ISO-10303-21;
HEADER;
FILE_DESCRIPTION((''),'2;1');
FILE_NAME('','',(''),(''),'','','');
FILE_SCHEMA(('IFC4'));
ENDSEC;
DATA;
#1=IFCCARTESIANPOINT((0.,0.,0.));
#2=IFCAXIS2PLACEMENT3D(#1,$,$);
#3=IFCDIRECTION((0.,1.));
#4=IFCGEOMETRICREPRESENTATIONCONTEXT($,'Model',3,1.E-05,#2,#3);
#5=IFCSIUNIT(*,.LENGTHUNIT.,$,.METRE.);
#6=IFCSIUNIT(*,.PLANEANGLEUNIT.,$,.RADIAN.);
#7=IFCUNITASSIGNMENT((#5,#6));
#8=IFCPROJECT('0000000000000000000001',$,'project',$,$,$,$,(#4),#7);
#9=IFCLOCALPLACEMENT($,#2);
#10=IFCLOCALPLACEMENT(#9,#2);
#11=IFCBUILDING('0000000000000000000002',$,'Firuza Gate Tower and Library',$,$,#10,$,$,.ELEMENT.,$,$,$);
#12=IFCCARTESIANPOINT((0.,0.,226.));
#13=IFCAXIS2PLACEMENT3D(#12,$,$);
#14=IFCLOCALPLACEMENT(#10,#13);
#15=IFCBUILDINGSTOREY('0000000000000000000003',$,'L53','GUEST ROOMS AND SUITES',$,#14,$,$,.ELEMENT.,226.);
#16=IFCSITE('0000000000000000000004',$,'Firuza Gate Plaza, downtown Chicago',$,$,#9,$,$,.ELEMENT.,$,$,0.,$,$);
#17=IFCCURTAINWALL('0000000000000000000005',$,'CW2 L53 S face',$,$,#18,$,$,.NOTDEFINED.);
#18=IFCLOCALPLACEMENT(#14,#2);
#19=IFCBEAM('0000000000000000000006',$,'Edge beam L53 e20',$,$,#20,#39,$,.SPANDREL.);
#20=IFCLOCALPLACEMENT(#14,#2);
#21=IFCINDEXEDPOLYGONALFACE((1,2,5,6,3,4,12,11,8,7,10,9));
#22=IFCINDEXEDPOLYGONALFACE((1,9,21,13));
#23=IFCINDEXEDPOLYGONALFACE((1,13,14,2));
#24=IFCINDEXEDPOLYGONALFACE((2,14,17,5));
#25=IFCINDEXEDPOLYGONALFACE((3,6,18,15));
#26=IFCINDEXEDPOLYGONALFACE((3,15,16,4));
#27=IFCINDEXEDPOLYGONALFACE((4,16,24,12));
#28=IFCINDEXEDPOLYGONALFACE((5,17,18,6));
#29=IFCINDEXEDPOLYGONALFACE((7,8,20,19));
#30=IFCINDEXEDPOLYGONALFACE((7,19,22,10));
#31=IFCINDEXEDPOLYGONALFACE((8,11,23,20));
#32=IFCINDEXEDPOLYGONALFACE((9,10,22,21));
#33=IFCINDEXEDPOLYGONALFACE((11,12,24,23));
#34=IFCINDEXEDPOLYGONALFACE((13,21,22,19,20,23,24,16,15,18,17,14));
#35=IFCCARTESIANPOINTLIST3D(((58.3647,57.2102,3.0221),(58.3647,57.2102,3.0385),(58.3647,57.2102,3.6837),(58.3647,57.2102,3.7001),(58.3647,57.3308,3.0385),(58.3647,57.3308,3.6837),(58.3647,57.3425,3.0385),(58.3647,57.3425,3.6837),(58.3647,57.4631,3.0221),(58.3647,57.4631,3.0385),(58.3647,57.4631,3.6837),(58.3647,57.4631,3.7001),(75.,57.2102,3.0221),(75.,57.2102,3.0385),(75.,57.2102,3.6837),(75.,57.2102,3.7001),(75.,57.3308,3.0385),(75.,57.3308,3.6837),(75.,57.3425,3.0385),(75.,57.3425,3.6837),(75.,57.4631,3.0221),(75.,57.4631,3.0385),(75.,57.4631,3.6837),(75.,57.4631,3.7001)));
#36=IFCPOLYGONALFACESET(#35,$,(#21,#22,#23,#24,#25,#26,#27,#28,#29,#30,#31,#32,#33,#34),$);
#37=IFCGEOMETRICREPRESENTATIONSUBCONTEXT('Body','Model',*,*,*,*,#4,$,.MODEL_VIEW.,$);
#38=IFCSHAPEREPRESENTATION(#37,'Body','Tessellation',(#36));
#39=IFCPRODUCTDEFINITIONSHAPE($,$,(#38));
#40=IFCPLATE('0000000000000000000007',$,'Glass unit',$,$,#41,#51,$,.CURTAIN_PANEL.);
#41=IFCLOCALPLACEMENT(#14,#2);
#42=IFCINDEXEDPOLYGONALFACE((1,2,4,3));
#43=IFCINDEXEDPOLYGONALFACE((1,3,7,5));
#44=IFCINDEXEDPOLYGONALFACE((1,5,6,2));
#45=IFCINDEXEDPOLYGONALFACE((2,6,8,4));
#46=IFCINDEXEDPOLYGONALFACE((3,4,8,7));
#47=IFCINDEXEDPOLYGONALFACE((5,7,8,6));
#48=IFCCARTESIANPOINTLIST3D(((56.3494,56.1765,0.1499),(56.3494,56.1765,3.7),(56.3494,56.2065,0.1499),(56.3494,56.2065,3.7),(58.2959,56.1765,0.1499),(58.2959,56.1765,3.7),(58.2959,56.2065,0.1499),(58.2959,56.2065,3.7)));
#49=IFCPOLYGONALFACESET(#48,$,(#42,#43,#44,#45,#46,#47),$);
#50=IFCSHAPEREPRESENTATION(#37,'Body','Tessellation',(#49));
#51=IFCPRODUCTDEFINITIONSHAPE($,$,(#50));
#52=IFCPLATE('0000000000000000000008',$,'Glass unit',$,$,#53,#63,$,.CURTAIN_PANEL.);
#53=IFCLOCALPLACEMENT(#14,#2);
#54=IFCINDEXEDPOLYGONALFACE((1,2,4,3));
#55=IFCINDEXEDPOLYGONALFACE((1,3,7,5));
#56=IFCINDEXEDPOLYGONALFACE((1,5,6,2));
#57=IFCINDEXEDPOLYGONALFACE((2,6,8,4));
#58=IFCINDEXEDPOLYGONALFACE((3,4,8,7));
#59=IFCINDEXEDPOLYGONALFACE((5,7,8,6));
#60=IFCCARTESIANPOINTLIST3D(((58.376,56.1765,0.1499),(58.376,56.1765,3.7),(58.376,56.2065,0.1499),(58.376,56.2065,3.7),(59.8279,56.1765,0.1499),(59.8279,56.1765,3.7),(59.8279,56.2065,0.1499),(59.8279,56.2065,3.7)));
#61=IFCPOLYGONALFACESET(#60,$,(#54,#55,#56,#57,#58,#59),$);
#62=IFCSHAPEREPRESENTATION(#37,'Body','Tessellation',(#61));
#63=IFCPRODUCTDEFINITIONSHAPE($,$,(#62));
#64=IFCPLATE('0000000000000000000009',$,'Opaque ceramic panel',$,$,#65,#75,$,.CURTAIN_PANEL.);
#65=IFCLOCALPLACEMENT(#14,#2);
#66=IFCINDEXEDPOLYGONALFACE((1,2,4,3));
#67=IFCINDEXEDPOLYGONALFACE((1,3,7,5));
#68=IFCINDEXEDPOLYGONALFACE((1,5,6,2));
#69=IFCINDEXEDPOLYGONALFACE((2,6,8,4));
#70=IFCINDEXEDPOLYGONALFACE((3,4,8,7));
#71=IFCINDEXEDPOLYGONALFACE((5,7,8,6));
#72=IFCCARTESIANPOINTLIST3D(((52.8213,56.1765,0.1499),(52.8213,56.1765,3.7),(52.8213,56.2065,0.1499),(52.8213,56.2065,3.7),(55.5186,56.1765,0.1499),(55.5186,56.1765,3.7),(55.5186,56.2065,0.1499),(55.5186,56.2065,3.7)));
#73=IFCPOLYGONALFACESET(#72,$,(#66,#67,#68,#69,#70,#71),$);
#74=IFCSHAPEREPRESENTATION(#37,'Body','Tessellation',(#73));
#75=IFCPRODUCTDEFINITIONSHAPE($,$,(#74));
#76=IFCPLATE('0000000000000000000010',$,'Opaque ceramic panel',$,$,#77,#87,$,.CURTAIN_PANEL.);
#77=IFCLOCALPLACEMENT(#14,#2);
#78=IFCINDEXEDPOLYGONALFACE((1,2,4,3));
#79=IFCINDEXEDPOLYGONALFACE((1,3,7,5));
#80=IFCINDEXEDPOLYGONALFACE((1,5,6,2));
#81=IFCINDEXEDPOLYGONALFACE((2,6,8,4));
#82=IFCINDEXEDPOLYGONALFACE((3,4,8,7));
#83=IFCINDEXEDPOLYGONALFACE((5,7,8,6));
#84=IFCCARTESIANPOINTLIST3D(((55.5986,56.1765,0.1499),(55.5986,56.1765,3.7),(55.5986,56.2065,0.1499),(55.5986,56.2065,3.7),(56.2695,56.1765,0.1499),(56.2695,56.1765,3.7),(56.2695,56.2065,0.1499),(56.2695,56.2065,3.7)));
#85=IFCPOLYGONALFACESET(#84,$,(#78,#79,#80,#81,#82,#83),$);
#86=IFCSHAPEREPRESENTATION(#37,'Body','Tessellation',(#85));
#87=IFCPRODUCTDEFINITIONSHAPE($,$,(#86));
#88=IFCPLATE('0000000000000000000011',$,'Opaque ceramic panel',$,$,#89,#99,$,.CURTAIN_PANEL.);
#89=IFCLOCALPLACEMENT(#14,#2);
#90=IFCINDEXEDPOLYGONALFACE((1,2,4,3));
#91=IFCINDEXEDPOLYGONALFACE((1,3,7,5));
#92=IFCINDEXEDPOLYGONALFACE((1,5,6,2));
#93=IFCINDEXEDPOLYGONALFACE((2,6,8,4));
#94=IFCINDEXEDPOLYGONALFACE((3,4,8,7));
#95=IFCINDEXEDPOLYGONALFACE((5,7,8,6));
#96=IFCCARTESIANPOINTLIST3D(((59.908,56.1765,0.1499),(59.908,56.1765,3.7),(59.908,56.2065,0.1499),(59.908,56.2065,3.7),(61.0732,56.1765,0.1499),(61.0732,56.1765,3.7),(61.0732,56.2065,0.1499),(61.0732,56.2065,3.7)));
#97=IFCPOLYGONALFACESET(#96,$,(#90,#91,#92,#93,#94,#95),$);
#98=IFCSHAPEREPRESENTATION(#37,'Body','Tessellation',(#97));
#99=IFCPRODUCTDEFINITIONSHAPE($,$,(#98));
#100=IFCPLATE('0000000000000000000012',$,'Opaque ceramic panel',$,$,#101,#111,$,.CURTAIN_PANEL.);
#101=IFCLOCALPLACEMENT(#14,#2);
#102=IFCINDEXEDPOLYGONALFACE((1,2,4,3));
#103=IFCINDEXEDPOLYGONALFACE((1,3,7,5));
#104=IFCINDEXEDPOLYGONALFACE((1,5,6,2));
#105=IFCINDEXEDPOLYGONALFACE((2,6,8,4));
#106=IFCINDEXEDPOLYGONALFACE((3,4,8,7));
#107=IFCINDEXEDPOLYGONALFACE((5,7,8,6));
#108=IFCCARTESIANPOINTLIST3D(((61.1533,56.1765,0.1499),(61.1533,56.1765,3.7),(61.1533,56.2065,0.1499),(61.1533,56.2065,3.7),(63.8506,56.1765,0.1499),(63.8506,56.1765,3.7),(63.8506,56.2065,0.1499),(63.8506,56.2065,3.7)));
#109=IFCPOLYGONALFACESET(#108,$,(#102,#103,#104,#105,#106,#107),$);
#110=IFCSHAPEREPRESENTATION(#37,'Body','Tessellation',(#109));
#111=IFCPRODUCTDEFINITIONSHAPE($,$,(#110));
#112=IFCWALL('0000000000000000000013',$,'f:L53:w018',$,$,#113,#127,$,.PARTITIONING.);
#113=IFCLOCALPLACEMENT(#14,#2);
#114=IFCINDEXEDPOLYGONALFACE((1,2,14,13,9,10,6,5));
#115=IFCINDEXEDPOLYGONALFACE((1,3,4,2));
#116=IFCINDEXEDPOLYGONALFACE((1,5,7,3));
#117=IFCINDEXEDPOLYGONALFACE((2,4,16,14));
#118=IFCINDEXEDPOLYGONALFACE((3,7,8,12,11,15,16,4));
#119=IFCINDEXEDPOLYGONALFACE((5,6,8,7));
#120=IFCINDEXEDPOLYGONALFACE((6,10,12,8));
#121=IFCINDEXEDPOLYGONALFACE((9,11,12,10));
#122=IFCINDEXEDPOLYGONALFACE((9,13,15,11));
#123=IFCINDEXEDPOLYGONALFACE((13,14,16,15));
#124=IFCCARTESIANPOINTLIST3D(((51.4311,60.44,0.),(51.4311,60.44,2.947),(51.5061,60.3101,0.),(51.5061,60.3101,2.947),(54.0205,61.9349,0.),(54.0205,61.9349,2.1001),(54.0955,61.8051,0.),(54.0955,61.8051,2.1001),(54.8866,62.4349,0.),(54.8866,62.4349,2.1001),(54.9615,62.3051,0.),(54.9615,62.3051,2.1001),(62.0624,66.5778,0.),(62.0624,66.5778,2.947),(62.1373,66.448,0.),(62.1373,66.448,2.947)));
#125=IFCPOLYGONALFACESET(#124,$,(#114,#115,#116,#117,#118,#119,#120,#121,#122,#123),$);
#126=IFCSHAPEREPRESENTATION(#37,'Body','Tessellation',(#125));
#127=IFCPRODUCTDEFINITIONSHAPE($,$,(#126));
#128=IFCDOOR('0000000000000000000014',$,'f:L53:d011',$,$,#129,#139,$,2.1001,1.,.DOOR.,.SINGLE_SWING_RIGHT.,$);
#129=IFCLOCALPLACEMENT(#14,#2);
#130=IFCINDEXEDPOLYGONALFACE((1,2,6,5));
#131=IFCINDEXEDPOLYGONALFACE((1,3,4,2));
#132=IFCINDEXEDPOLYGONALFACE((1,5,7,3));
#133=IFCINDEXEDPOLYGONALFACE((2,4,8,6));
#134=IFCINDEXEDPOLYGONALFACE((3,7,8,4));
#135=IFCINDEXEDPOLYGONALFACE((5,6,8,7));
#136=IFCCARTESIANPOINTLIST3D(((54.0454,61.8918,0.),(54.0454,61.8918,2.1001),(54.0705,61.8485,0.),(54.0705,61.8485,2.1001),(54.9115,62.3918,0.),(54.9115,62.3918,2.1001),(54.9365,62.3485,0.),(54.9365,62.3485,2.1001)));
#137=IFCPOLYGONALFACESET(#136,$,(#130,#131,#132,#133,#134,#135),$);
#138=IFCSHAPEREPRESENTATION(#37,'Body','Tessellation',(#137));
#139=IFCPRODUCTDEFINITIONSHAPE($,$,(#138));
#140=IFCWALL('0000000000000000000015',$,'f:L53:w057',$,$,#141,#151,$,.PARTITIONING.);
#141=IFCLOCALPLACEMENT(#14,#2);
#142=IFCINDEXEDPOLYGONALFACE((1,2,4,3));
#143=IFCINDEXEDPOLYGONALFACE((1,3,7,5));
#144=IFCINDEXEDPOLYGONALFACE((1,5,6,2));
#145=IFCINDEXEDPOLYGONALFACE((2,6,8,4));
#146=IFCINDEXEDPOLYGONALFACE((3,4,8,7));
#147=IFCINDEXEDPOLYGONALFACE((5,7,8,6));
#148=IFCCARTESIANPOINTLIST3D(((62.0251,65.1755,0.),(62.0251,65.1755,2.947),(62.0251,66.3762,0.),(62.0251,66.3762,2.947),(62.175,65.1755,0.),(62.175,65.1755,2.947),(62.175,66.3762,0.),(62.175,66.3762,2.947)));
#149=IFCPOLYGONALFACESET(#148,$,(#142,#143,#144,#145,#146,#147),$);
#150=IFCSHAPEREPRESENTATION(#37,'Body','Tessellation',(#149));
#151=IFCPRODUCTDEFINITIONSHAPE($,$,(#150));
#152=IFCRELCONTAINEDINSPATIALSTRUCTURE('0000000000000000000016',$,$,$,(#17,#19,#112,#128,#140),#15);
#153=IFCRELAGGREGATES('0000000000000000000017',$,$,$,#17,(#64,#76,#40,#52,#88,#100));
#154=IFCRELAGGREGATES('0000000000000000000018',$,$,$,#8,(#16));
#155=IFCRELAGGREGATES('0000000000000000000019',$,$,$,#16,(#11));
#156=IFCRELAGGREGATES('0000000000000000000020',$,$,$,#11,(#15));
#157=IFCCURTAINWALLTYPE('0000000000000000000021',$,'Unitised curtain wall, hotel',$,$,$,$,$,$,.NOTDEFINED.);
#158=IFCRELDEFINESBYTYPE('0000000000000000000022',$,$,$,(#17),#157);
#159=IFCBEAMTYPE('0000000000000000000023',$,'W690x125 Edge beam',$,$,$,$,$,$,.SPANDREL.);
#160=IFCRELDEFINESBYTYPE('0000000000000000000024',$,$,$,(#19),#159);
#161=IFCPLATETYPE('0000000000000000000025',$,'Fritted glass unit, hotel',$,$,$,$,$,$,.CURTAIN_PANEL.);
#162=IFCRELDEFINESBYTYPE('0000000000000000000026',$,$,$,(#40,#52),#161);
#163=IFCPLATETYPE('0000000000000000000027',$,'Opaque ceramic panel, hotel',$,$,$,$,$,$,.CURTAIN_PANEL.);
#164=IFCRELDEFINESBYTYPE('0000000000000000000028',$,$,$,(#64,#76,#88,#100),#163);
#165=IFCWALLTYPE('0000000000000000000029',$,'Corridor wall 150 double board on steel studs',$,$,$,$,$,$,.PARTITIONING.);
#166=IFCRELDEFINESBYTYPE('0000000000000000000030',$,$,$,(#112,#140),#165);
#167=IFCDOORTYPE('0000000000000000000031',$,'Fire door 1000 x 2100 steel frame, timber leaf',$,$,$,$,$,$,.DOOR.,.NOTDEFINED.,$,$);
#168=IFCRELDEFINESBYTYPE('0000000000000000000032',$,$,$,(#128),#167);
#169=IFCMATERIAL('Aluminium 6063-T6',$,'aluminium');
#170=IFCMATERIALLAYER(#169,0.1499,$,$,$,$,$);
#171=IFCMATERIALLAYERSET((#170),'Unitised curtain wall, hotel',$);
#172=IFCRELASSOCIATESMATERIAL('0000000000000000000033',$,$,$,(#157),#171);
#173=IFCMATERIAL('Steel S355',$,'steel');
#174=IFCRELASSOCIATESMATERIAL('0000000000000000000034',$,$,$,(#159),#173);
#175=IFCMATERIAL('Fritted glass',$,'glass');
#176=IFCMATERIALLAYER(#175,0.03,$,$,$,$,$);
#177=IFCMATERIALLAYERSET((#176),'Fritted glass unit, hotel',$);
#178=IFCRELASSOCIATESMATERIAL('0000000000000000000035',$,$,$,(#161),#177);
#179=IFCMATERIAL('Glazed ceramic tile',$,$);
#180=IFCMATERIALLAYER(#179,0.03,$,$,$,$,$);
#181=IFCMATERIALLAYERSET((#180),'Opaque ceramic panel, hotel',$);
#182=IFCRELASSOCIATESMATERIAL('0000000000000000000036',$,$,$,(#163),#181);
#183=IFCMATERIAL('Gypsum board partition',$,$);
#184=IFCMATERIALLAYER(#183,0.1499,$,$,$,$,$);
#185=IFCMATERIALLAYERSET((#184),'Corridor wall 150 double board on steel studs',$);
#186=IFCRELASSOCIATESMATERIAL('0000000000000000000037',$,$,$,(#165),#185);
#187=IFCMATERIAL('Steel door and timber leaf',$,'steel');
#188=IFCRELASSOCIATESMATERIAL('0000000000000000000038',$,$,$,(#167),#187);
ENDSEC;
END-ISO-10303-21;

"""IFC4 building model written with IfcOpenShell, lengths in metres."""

from ifc_helpers import new_model, si_unit, direction, frame, frame_2d, origin, origin_2d, place, context, subcontext, project, spatial, polyline, rectangle, i_section, outline, extrude, material, layer, layer_set, material_profile, profile_set, type_object, element, fill, aggregate, save


model = new_model("IFC4")

# Units and contexts
model_context = context("Model", 3, precision=1e-05, world=origin(), true_north=direction((0.0, 1.0)))
body_context = subcontext(model_context, "Body", "Model", "MODEL_VIEW")
ifc_project = project(units=[si_unit("LENGTHUNIT", "METRE"), si_unit("PLANEANGLEUNIT", "RADIAN")], contexts=[model_context])

# Site, building, storey
site_placement = place(None, origin())
site = spatial("IfcSite", under=ifc_project, at=site_placement, Name="Firuza Gate Plaza, downtown Chicago", CompositionType="ELEMENT", RefElevation=0.0)
building_placement = place(site_placement, origin())
building = spatial("IfcBuilding", under=site, at=building_placement, Name="Firuza Gate Tower and Library", CompositionType="ELEMENT")
storey_placement = place(building_placement, frame((0.0, 0.0, 226.0)))
storey = spatial("IfcBuildingStorey", under=building, at=storey_placement, Name="L53", Description="GUEST ROOMS AND SUITES", CompositionType="ELEMENT", Elevation=226.0)

# Curtain wall
ifc_material_1 = material(Name="Aluminium 6063-T6", Category="aluminium")
ifc_layer_1 = layer(ifc_material_1, 0.1499)
ifc_layer_set_1 = layer_set([ifc_layer_1], Name="Unitised curtain wall, hotel")
curtain_wall_type = type_object("IfcCurtainWallType", Name="Unitised curtain wall, hotel", PredefinedType="NOTDEFINED", material=ifc_layer_set_1)
curtain_wall_placement = place(storey_placement, origin())
curtain_wall = element("IfcCurtainWall", 1, at=curtain_wall_placement, inside=storey, type_object=curtain_wall_type, Name="CW2 L53 S face", PredefinedType="NOTDEFINED")

# Beam
ifc_material_2 = material(Name="Steel S355", Category="steel")
ifc_material_profile_1 = material_profile(ifc_material_2, i_section(OverallWidth=0.2529, OverallDepth=0.678, WebThickness=0.0117, FlangeThickness=0.0164, at=origin_2d()))
ifc_profile_set_1 = profile_set([ifc_material_profile_1], Name="Steel S355")
beam_type_1 = type_object("IfcBeamType", Name="W690x125 Edge beam", PredefinedType="SPANDREL", material=ifc_profile_set_1)
beam_1_placement = place(storey_placement, frame((58.3647, 57.3367, 3.3611), z_axis=(1.0, 0.0, 0.0), x_axis=(0.0, 1.0, 0.0)))
element("IfcBeam", 2, at=beam_1_placement, inside=storey, type_object=beam_type_1, Name="Edge beam L53 e20", PredefinedType="SPANDREL", context=body_context, shape_type="SweptSolid", body=[
    extrude(i_section(OverallWidth=0.2529, OverallDepth=0.678, WebThickness=0.0117, FlangeThickness=0.0164, at=origin_2d()), origin(), (0.0, 0.0, 1.0), 16.6353),
])

# Plates
ifc_material_3 = material(Name="Fritted glass", Category="glass")
ifc_layer_2 = layer(ifc_material_3, 0.03)
ifc_layer_set_2 = layer_set([ifc_layer_2], Name="Fritted glass unit, hotel")
plate_type_1 = type_object("IfcPlateType", Name="Fritted glass unit, hotel", PredefinedType="CURTAIN_PANEL", material=ifc_layer_set_2)
plate_1_placement = place(storey_placement, frame((56.3494, 56.1765, 0.1499), z_axis=(0.0, -1.0, 0.0), x_axis=(1.0, 0.0, 0.0)))
plate_1 = element("IfcPlate", 3, at=plate_1_placement, type_object=plate_type_1, Name="Glass unit", PredefinedType="CURTAIN_PANEL", context=body_context, shape_type="SweptSolid", body=[
    extrude(outline(polyline([(0.0, 0.0), (1.9465, 0.0), (1.9465, 3.55), (0.0, 3.55), (0.0, 0.0)])), origin(), (0.0, 0.0, -1.0), 0.03),
])
plate_2_placement = place(storey_placement, frame((58.376, 56.1765, 0.1499), z_axis=(0.0, -1.0, 0.0), x_axis=(1.0, 0.0, 0.0)))
plate_2 = element("IfcPlate", 4, at=plate_2_placement, type_object=plate_type_1, Name="Glass unit", PredefinedType="CURTAIN_PANEL", context=body_context, shape_type="SweptSolid", body=[
    extrude(outline(polyline([(0.0, 0.0), (1.4519, 0.0), (1.4519, 3.55), (0.0, 3.55), (0.0, 0.0)])), origin(), (0.0, 0.0, -1.0), 0.03),
])
ifc_material_4 = material(Name="Glazed ceramic tile")
ifc_layer_3 = layer(ifc_material_4, 0.03)
ifc_layer_set_3 = layer_set([ifc_layer_3], Name="Opaque ceramic panel, hotel")
plate_type_2 = type_object("IfcPlateType", Name="Opaque ceramic panel, hotel", PredefinedType="CURTAIN_PANEL", material=ifc_layer_set_3)
plate_3_placement = place(storey_placement, frame((52.8213, 56.1765, 0.1499), z_axis=(0.0, -1.0, 0.0), x_axis=(1.0, 0.0, 0.0)))
plate_3 = element("IfcPlate", 5, at=plate_3_placement, type_object=plate_type_2, Name="Opaque ceramic panel", PredefinedType="CURTAIN_PANEL", context=body_context, shape_type="SweptSolid", body=[
    extrude(outline(polyline([(0.0, 0.0), (2.6973, 0.0), (2.6973, 3.55), (0.0, 3.55), (0.0, 0.0)])), origin(), (0.0, 0.0, -1.0), 0.03),
])
plate_4_placement = place(storey_placement, frame((55.5986, 56.1765, 0.1499), z_axis=(0.0, -1.0, 0.0), x_axis=(1.0, 0.0, 0.0)))
plate_4 = element("IfcPlate", 6, at=plate_4_placement, type_object=plate_type_2, Name="Opaque ceramic panel", PredefinedType="CURTAIN_PANEL", context=body_context, shape_type="SweptSolid", body=[
    extrude(outline(polyline([(0.0, 0.0), (0.6709, 0.0), (0.6709, 3.55), (0.0, 3.55), (0.0, 0.0)])), origin(), (0.0, 0.0, -1.0), 0.03),
])
plate_5_placement = place(storey_placement, frame((59.908, 56.1765, 0.1499), z_axis=(0.0, -1.0, 0.0), x_axis=(1.0, 0.0, 0.0)))
plate_5 = element("IfcPlate", 7, at=plate_5_placement, type_object=plate_type_2, Name="Opaque ceramic panel", PredefinedType="CURTAIN_PANEL", context=body_context, shape_type="SweptSolid", body=[
    extrude(outline(polyline([(0.0, 0.0), (1.1653, 0.0), (1.1653, 3.55), (0.0, 3.55), (0.0, 0.0)])), origin(), (0.0, 0.0, -1.0), 0.03),
])
plate_6_placement = place(storey_placement, frame((61.1533, 56.1765, 0.1499), z_axis=(0.0, -1.0, 0.0), x_axis=(1.0, 0.0, 0.0)))
plate_6 = element("IfcPlate", 8, at=plate_6_placement, type_object=plate_type_2, Name="Opaque ceramic panel", PredefinedType="CURTAIN_PANEL", context=body_context, shape_type="SweptSolid", body=[
    extrude(outline(polyline([(0.0, 0.0), (2.6973, 0.0), (2.6973, 3.55), (0.0, 3.55), (0.0, 0.0)])), origin(), (0.0, 0.0, -1.0), 0.03),
])
aggregate(curtain_wall, [plate_3, plate_4, plate_1, plate_2, plate_5, plate_6])

# Wall, opening, door
ifc_material_5 = material(Name="Gypsum board partition")
ifc_layer_4 = layer(ifc_material_5, 0.1499)
ifc_layer_set_4 = layer_set([ifc_layer_4], Name="Corridor wall 150 double board on steel studs")
wall_type_1 = type_object("IfcWallType", Name="Corridor wall 150 double board on steel studs", PredefinedType="PARTITIONING", material=ifc_layer_set_4)
wall_1_placement = place(storey_placement, frame((62.0999, 66.5129, 0.0), z_axis=(0.0, 0.0, 1.0), x_axis=(-0.866028, -0.499996, 0.0)))
wall_1 = element("IfcWall", 9, at=wall_1_placement, inside=storey, type_object=wall_type_1, Name="f:L53:w018", PredefinedType="PARTITIONING", context=body_context, shape_type="SweptSolid", body=[
    extrude(rectangle(XDim=12.2759, YDim=0.1499, at=frame_2d((6.1379, 0.0))), origin(), (0.0, 0.0, 1.0), 2.947),
])
opening_1_placement = place(wall_1_placement, frame((8.2859, 0.0, 0.0)))
opening_1 = element("IfcOpeningElement", 10, at=opening_1_placement, cuts=wall_1, PredefinedType="OPENING", context=body_context, shape_type="SweptSolid", body=[
    extrude(rectangle(XDim=1.0, YDim=2.1001, at=frame_2d((0.5, 1.05))), frame((0.0, 0.085, 0.0), z_axis=(0.0, -1.0, 0.0), x_axis=(1.0, 0.0, 0.0)), (0.0, 0.0, 1.0), 0.1699),
])
ifc_material_6 = material(Name="Steel door and timber leaf", Category="steel")
door_type_1 = type_object("IfcDoorType", Name="Fire door 1000 x 2100 steel frame, timber leaf", OperationType="NOTDEFINED", PredefinedType="DOOR", material=ifc_material_6)
door_1_placement = place(opening_1_placement, origin())
door_1 = element("IfcDoor", 11, at=door_1_placement, inside=storey, type_object=door_type_1, Name="f:L53:d011", OperationType="SINGLE_SWING_RIGHT", OverallHeight=2.1001, OverallWidth=1.0, PredefinedType="DOOR", context=body_context, shape_type="SweptSolid", body=[
    extrude(rectangle(XDim=1.0, YDim=2.1001, at=frame_2d((0.5, 1.05))), frame((0.0, 0.0249, 0.0), z_axis=(0.0, -1.0, 0.0), x_axis=(1.0, 0.0, 0.0)), (0.0, 0.0, 1.0), 0.05),
])
fill(opening_1, door_1)

# Wall
wall_2_placement = place(storey_placement, frame((62.1001, 65.1755, 0.0), z_axis=(0.0, 0.0, 1.0), x_axis=(0.0, 1.0, 0.0)))
element("IfcWall", 12, at=wall_2_placement, inside=storey, type_object=wall_type_1, Name="f:L53:w057", PredefinedType="PARTITIONING", context=body_context, shape_type="SweptSolid", body=[
    extrude(rectangle(XDim=1.2007, YDim=0.1499, at=frame_2d((0.6003, 0.0))), origin(), (0.0, 0.0, 1.0), 2.947),
])

save(model, "model.ifc")
